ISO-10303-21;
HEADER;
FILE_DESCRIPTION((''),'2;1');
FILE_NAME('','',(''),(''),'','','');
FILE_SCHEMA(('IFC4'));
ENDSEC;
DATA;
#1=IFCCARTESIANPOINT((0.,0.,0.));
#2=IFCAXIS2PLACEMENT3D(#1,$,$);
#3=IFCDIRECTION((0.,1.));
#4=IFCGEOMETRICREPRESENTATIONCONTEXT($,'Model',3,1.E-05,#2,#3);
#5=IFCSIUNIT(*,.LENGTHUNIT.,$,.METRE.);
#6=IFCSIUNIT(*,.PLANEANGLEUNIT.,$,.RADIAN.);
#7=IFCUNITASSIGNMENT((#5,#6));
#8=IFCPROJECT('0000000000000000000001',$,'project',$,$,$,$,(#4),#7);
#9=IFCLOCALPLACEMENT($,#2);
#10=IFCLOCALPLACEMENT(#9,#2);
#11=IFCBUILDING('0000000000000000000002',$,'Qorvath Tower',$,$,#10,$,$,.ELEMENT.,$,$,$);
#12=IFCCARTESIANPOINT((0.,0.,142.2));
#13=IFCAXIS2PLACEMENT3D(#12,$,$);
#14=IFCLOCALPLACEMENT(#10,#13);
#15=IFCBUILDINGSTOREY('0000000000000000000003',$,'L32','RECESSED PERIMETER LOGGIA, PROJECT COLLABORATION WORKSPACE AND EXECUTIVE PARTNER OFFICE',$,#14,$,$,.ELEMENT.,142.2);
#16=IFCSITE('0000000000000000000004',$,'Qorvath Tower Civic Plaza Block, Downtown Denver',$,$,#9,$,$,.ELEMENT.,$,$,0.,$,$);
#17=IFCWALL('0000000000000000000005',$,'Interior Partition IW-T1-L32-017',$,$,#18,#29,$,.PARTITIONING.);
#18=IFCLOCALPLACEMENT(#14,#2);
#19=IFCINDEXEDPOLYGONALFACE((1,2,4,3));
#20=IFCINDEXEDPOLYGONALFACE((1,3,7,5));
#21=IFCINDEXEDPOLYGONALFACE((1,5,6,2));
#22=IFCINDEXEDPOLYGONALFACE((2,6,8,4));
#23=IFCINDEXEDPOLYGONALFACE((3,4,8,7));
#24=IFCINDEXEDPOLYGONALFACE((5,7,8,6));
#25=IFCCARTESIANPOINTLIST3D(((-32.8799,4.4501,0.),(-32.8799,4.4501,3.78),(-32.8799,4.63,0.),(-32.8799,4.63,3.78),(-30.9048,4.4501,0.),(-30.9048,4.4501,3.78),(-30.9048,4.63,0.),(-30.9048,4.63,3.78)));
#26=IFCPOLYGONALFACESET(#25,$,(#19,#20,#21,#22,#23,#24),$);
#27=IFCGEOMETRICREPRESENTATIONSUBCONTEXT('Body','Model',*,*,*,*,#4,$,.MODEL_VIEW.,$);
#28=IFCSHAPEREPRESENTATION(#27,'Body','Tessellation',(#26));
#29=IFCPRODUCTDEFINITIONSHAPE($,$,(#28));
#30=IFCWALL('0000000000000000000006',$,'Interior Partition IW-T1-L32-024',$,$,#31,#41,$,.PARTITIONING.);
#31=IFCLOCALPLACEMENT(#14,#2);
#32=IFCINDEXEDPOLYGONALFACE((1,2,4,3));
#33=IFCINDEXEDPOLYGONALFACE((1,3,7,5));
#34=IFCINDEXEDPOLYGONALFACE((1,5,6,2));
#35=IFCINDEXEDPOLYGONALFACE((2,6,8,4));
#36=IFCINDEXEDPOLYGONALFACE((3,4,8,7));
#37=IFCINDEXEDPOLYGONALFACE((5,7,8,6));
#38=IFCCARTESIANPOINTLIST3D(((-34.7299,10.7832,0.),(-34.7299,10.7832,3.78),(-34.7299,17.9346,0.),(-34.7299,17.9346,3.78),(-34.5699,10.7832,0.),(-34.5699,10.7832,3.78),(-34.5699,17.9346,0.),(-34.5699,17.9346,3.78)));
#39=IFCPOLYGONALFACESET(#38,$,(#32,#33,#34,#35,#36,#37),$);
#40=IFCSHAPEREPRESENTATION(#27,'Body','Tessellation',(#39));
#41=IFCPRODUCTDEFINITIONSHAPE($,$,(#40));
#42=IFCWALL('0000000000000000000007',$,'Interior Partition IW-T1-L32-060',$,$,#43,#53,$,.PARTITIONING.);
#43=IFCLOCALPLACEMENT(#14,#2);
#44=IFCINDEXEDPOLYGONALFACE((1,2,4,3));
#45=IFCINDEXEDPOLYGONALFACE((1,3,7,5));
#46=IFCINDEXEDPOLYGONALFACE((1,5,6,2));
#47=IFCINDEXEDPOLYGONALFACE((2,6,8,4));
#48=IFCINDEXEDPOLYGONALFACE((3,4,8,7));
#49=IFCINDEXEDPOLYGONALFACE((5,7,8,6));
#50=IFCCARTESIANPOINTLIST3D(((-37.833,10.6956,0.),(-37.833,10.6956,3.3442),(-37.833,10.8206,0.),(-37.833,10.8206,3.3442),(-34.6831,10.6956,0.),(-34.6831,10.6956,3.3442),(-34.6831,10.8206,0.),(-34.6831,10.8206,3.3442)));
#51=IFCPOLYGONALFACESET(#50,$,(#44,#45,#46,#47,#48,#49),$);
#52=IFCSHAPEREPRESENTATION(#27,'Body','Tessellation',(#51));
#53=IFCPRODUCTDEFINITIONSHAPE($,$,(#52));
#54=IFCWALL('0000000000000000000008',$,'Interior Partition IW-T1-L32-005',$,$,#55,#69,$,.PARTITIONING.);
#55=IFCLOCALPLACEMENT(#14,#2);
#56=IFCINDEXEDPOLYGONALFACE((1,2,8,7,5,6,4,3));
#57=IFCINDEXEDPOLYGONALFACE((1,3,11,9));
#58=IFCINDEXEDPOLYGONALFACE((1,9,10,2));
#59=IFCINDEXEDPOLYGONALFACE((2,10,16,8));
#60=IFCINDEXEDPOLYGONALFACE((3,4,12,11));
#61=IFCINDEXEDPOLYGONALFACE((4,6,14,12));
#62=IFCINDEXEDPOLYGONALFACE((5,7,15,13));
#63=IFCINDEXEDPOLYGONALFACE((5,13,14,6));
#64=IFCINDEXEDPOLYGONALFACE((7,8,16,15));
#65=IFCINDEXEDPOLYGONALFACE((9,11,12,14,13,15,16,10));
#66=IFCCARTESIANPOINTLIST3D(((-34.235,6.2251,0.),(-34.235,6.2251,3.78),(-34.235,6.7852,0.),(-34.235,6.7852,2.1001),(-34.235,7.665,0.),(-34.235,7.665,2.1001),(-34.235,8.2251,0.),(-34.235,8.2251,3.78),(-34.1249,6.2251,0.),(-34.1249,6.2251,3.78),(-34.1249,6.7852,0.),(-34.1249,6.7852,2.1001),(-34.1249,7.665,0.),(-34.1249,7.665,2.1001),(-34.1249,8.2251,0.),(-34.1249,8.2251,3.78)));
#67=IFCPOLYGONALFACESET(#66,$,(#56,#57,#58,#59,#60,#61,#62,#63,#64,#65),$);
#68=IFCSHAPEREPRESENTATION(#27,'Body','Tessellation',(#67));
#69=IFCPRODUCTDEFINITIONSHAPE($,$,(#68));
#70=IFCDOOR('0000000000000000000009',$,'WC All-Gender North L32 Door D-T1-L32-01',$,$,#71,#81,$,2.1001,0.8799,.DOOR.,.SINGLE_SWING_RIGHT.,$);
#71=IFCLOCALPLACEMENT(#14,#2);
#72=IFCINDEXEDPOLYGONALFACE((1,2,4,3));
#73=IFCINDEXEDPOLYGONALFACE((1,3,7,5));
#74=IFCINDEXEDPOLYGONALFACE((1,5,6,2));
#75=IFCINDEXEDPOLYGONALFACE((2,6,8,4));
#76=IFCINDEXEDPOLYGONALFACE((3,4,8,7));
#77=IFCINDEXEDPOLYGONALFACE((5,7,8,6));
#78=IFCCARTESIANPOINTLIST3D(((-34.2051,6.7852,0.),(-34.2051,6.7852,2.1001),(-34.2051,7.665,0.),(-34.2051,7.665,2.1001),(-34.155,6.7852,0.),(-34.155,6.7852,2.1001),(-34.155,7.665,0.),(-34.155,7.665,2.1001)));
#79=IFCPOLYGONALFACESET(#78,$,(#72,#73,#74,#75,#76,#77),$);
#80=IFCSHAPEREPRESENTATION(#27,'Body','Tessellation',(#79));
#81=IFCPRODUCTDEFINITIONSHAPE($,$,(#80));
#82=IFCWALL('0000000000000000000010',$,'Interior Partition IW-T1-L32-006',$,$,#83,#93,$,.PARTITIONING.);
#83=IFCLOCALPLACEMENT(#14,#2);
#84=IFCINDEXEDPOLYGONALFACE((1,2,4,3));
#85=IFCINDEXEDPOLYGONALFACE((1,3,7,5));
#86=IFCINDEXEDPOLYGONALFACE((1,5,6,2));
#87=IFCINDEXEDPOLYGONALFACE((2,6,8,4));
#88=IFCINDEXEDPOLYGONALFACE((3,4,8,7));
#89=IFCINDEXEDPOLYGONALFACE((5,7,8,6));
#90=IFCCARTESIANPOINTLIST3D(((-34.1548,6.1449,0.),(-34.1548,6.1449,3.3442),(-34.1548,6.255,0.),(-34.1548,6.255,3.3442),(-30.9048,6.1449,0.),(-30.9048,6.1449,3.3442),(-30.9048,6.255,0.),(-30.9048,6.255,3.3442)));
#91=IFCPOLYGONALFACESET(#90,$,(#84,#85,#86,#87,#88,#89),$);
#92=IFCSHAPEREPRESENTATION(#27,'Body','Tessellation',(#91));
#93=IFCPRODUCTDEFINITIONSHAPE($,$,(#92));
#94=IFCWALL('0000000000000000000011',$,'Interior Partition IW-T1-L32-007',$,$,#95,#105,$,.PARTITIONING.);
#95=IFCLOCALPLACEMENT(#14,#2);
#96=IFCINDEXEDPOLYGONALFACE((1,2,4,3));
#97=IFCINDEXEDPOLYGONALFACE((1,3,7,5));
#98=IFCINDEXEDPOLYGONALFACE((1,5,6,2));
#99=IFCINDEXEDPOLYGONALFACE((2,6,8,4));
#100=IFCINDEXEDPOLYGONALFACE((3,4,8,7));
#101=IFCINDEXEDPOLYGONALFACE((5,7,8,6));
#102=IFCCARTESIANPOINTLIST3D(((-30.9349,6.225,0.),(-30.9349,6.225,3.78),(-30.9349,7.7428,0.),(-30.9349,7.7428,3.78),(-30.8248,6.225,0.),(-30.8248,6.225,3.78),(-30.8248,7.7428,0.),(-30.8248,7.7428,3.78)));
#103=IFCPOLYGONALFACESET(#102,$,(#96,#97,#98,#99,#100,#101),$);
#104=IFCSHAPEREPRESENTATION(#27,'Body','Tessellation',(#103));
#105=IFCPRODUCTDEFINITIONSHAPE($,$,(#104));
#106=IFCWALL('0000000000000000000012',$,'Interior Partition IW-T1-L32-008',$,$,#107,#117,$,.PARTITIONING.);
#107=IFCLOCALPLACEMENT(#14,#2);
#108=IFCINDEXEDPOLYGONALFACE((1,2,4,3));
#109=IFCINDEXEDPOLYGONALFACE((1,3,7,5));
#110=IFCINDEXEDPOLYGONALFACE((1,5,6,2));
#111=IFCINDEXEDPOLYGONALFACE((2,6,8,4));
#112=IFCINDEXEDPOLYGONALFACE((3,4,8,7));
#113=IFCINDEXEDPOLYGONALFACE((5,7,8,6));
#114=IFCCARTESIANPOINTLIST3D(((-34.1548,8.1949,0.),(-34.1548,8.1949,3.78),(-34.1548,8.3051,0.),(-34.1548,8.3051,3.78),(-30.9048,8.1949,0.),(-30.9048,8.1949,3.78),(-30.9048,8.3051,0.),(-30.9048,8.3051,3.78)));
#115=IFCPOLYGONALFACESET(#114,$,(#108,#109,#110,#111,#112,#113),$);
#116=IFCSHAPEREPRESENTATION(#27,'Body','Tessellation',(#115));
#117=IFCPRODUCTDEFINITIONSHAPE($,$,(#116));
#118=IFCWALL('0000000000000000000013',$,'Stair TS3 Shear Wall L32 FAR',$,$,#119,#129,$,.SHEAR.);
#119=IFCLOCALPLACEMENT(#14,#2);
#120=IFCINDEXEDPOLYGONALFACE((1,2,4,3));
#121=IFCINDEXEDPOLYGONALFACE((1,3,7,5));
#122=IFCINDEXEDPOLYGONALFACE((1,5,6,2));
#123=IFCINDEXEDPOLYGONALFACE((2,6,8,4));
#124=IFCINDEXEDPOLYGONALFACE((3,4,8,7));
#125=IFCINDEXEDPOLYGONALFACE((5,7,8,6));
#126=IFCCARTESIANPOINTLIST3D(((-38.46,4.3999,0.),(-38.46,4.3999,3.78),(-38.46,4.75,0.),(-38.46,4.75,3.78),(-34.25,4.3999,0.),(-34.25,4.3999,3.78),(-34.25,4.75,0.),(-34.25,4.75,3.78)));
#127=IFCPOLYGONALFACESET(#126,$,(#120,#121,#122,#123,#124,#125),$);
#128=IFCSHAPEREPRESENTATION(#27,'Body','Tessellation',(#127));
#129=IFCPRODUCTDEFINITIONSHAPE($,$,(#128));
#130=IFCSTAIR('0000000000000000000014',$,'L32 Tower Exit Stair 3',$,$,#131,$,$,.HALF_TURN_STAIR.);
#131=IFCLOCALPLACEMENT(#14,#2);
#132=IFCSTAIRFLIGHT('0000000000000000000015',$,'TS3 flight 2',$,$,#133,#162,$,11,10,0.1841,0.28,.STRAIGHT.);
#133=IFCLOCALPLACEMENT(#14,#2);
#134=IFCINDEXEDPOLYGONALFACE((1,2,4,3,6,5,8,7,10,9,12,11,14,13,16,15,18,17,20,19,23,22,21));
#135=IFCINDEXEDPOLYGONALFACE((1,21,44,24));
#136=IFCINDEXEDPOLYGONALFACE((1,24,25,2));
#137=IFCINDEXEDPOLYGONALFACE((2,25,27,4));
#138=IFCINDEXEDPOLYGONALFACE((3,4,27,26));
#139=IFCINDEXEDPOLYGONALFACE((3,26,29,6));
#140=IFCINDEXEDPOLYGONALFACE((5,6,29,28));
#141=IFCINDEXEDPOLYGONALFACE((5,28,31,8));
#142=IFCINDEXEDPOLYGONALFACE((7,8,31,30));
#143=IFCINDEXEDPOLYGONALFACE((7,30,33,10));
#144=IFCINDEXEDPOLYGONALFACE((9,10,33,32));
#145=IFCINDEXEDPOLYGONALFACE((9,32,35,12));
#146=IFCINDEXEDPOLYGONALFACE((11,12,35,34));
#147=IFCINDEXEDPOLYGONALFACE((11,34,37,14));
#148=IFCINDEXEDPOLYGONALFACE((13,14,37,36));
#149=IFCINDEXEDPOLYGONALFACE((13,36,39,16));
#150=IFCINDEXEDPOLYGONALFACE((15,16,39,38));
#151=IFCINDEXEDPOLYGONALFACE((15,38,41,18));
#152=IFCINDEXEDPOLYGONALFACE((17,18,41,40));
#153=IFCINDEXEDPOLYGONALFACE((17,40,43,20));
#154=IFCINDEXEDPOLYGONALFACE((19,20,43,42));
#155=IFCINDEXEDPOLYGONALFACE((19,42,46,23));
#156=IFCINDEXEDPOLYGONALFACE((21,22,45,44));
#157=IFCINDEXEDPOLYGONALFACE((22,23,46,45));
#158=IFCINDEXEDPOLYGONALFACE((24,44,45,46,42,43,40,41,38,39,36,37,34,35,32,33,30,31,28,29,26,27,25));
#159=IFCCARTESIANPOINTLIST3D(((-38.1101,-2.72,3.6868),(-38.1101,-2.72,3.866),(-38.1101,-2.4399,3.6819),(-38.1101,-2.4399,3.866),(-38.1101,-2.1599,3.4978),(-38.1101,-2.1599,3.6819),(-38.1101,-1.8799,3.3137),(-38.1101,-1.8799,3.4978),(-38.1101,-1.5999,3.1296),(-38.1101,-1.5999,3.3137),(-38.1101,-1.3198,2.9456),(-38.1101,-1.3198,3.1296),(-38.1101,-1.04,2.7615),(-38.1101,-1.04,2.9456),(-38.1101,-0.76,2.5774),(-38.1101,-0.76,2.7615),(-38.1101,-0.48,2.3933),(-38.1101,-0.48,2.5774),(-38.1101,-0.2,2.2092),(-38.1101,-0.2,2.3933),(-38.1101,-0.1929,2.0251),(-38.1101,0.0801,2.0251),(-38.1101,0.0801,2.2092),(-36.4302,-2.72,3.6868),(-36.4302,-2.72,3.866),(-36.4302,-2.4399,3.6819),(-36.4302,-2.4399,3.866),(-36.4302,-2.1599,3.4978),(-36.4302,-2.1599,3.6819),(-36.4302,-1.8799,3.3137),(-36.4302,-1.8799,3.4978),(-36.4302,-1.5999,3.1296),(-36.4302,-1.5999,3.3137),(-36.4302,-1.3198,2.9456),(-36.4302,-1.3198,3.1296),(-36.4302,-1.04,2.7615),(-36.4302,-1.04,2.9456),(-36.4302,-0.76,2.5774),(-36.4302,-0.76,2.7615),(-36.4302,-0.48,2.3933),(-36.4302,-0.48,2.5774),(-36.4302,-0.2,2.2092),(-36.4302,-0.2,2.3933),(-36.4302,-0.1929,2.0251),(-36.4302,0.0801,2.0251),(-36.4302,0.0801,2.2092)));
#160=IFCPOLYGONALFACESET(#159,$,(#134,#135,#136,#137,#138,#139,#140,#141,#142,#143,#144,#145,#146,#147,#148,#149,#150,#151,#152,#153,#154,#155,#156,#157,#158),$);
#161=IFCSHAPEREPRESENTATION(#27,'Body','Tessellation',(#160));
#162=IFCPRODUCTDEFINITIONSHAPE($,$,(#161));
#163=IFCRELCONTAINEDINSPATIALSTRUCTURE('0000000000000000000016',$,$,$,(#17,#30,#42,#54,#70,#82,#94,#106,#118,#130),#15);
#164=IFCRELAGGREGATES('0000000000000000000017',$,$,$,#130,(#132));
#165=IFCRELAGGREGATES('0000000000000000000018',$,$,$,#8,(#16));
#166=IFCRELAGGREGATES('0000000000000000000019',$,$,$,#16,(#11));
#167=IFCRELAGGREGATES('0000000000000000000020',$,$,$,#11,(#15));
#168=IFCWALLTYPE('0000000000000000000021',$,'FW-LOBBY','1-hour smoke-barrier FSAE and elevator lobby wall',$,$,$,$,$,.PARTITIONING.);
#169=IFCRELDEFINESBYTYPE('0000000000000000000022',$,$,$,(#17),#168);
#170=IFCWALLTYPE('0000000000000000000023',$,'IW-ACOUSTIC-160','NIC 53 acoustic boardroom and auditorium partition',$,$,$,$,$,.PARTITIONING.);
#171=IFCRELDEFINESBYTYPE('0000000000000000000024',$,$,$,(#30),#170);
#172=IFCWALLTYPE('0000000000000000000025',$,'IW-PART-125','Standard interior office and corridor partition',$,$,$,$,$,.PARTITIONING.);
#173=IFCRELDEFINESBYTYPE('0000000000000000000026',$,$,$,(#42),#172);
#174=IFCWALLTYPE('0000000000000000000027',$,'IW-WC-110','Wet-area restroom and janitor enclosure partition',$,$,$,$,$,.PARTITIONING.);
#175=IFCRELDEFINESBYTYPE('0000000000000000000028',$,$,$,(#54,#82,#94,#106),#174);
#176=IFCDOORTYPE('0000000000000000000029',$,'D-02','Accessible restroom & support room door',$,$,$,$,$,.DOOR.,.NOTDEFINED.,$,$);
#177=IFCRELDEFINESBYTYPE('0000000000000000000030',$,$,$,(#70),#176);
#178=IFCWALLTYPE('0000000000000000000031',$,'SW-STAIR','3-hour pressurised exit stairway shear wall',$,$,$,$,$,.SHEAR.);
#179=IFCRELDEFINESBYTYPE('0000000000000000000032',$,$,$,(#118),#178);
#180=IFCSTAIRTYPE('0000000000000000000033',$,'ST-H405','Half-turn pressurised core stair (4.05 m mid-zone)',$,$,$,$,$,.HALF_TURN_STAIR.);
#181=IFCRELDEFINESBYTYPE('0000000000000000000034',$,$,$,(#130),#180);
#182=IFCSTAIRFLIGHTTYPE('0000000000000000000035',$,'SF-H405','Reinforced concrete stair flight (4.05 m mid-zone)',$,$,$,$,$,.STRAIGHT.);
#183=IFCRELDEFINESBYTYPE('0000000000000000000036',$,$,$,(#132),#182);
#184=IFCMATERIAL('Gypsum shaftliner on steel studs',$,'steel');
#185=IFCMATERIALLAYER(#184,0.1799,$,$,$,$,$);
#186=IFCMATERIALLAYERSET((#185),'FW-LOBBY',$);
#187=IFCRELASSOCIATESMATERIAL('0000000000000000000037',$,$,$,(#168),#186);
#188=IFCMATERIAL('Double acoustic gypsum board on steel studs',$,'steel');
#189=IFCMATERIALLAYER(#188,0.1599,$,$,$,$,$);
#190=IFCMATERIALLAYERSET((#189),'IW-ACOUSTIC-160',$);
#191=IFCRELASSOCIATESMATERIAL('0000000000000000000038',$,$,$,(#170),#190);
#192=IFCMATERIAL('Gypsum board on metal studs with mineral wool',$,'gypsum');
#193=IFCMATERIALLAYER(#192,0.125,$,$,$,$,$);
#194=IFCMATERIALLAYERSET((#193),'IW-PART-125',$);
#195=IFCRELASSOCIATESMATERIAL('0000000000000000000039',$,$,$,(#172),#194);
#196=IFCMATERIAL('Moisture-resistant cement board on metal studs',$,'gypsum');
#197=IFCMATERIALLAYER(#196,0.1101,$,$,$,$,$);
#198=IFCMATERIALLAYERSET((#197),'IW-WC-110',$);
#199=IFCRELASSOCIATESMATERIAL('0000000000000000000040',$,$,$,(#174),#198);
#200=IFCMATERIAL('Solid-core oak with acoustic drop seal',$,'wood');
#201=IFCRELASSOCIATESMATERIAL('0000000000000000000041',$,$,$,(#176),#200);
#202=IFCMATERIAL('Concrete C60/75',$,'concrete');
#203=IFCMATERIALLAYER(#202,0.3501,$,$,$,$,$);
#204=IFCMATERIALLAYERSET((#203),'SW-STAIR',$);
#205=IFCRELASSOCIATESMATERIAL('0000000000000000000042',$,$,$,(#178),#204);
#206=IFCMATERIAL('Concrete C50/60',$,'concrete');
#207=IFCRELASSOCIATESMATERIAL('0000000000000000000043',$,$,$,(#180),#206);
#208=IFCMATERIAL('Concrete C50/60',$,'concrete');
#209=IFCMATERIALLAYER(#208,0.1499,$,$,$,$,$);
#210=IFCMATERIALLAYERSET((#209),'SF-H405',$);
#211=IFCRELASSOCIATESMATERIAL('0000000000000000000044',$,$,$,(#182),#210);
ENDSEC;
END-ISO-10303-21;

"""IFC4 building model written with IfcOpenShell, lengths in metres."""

from ifc_helpers import new_model, si_unit, direction, frame, frame_2d, origin, place, context, subcontext, project, spatial, polyline, rectangle, outline, extrude, material, layer, layer_set, type_object, element, fill, aggregate, save


model = new_model("IFC4")

# Units and contexts
model_context = context("Model", 3, precision=1e-05, world=origin(), true_north=direction((0.0, 1.0)))
body_context = subcontext(model_context, "Body", "Model", "MODEL_VIEW")
ifc_project = project(units=[si_unit("LENGTHUNIT", "METRE"), si_unit("PLANEANGLEUNIT", "RADIAN")], contexts=[model_context])

# Site, building, storey
site_placement = place(None, origin())
site = spatial("IfcSite", under=ifc_project, at=site_placement, Name="Qorvath Tower Civic Plaza Block, Downtown Denver", CompositionType="ELEMENT", RefElevation=0.0)
building_placement = place(site_placement, origin())
building = spatial("IfcBuilding", under=site, at=building_placement, Name="Qorvath Tower", CompositionType="ELEMENT")
storey_placement = place(building_placement, frame((0.0, 0.0, 142.2)))
storey = spatial("IfcBuildingStorey", under=building, at=storey_placement, Name="L32", Description="RECESSED PERIMETER LOGGIA, PROJECT COLLABORATION WORKSPACE AND EXECUTIVE PARTNER OFFICE", CompositionType="ELEMENT", Elevation=142.2)

# Shared definitions
ifc_material_1 = material(Name="Gypsum shaftliner on steel studs", Category="steel")
ifc_layer_1 = layer(ifc_material_1, 0.1799)
ifc_layer_set_1 = layer_set([ifc_layer_1], Name="FW-LOBBY")
wall_type_1 = type_object("IfcWallType", Name="FW-LOBBY", Description="1-hour smoke-barrier FSAE and elevator lobby wall", PredefinedType="PARTITIONING", material=ifc_layer_set_1)

# Wall
wall_1_placement = place(storey_placement, frame((-30.9048, 4.54, 0.0), z_axis=(0.0, 0.0, 1.0), x_axis=(-1.0, 0.0, 0.0)))
element("IfcWall", 1, at=wall_1_placement, inside=storey, type_object=wall_type_1, Name="Interior Partition IW-T1-L32-017", PredefinedType="PARTITIONING", context=body_context, shape_type="SweptSolid", body=[
    extrude(rectangle(XDim=1.9751, YDim=0.1799, at=frame_2d((0.9875, 0.0))), origin(), (0.0, 0.0, 1.0), 3.78),
])

# Shared definitions
ifc_material_2 = material(Name="Double acoustic gypsum board on steel studs", Category="steel")
ifc_layer_2 = layer(ifc_material_2, 0.1599)
ifc_layer_set_2 = layer_set([ifc_layer_2], Name="IW-ACOUSTIC-160")
wall_type_2 = type_object("IfcWallType", Name="IW-ACOUSTIC-160", Description="NIC 53 acoustic boardroom and auditorium partition", PredefinedType="PARTITIONING", material=ifc_layer_set_2)

# Wall
wall_2_placement = place(storey_placement, frame((-34.6499, 17.9346, 0.0), z_axis=(0.0, 0.0, 1.0), x_axis=(0.0, -1.0, 0.0)))
element("IfcWall", 2, at=wall_2_placement, inside=storey, type_object=wall_type_2, Name="Interior Partition IW-T1-L32-024", PredefinedType="PARTITIONING", context=body_context, shape_type="SweptSolid", body=[
    extrude(rectangle(XDim=7.1514, YDim=0.1599, at=frame_2d((3.5757, 0.0))), origin(), (0.0, 0.0, 1.0), 3.78),
])

# Shared definitions
ifc_material_3 = material(Name="Gypsum board on metal studs with mineral wool", Category="gypsum")
ifc_layer_3 = layer(ifc_material_3, 0.125)
ifc_layer_set_3 = layer_set([ifc_layer_3], Name="IW-PART-125")
wall_type_3 = type_object("IfcWallType", Name="IW-PART-125", Description="Standard interior office and corridor partition", PredefinedType="PARTITIONING", material=ifc_layer_set_3)

# Wall
wall_3_placement = place(storey_placement, frame((-37.833, 10.7581, 0.0), z_axis=(0.0, 0.0, 1.0), x_axis=(1.0, 0.0, 0.0)))
element("IfcWall", 3, at=wall_3_placement, inside=storey, type_object=wall_type_3, Name="Interior Partition IW-T1-L32-060", PredefinedType="PARTITIONING", context=body_context, shape_type="SweptSolid", body=[
    extrude(rectangle(XDim=3.1499, YDim=0.125, at=frame_2d((1.575, 0.0))), origin(), (0.0, 0.0, 1.0), 3.3442),
])

# Wall, opening, door
ifc_material_4 = material(Name="Moisture-resistant cement board on metal studs", Category="gypsum")
ifc_layer_4 = layer(ifc_material_4, 0.1101)
ifc_layer_set_4 = layer_set([ifc_layer_4], Name="IW-WC-110")
wall_type_4 = type_object("IfcWallType", Name="IW-WC-110", Description="Wet-area restroom and janitor enclosure partition", PredefinedType="PARTITIONING", material=ifc_layer_set_4)
wall_4_placement = place(storey_placement, frame((-34.1799, 8.2251, 0.0), z_axis=(0.0, 0.0, 1.0), x_axis=(0.0, -1.0, 0.0)))
wall_4 = element("IfcWall", 4, at=wall_4_placement, inside=storey, type_object=wall_type_4, Name="Interior Partition IW-T1-L32-005", PredefinedType="PARTITIONING", context=body_context, shape_type="SweptSolid", body=[
    extrude(rectangle(XDim=2.0, YDim=0.1101, at=frame_2d((1.0, 0.0))), origin(), (0.0, 0.0, 1.0), 3.78),
])
opening_1_placement = place(wall_4_placement, frame((0.5601, 0.0, 0.0)))
opening_1 = element("IfcOpeningElement", 5, at=opening_1_placement, cuts=wall_4, PredefinedType="OPENING", context=body_context, shape_type="SweptSolid", body=[
    extrude(rectangle(XDim=0.8799, YDim=2.1001, at=frame_2d((0.4399, 1.05))), frame((0.0, 0.0649, 0.0), z_axis=(0.0, -1.0, 0.0), x_axis=(1.0, 0.0, 0.0)), (0.0, 0.0, 1.0), 0.1301),
])
ifc_material_5 = material(Name="Solid-core oak with acoustic drop seal", Category="wood")
door_type_1 = type_object("IfcDoorType", Name="D-02", Description="Accessible restroom & support room door", OperationType="NOTDEFINED", PredefinedType="DOOR", material=ifc_material_5)
door_1_placement = place(opening_1_placement, origin())
door_1 = element("IfcDoor", 6, at=door_1_placement, inside=storey, type_object=door_type_1, Name="WC All-Gender North L32 Door D-T1-L32-01", OperationType="SINGLE_SWING_RIGHT", OverallHeight=2.1001, OverallWidth=0.8799, PredefinedType="DOOR", context=body_context, shape_type="SweptSolid", body=[
    extrude(rectangle(XDim=0.8799, YDim=2.1001, at=frame_2d((0.4399, 1.05))), frame((0.0, 0.0249, 0.0), z_axis=(0.0, -1.0, 0.0), x_axis=(1.0, 0.0, 0.0)), (0.0, 0.0, 1.0), 0.05),
])
fill(opening_1, door_1)

# Walls
wall_5_placement = place(storey_placement, frame((-34.1548, 6.2, 0.0), z_axis=(0.0, 0.0, 1.0), x_axis=(1.0, 0.0, 0.0)))
element("IfcWall", 7, at=wall_5_placement, inside=storey, type_object=wall_type_4, Name="Interior Partition IW-T1-L32-006", PredefinedType="PARTITIONING", context=body_context, shape_type="SweptSolid", body=[
    extrude(rectangle(XDim=3.25, YDim=0.1101, at=frame_2d((1.625, 0.0))), origin(), (0.0, 0.0, 1.0), 3.3442),
])
wall_6_placement = place(storey_placement, frame((-30.8799, 6.2251, 0.0), z_axis=(0.0, 0.0, 1.0), x_axis=(0.0, 1.0, 0.0)))
element("IfcWall", 8, at=wall_6_placement, inside=storey, type_object=wall_type_4, Name="Interior Partition IW-T1-L32-007", PredefinedType="PARTITIONING", context=body_context, shape_type="SweptSolid", body=[
    extrude(rectangle(XDim=1.5178, YDim=0.1101, at=frame_2d((0.7588, 0.0))), origin(), (0.0, 0.0, 1.0), 3.78),
])
wall_7_placement = place(storey_placement, frame((-30.9048, 8.25, 0.0), z_axis=(0.0, 0.0, 1.0), x_axis=(-1.0, 0.0, 0.0)))
element("IfcWall", 9, at=wall_7_placement, inside=storey, type_object=wall_type_4, Name="Interior Partition IW-T1-L32-008", PredefinedType="PARTITIONING", context=body_context, shape_type="SweptSolid", body=[
    extrude(rectangle(XDim=3.25, YDim=0.1101, at=frame_2d((1.625, 0.0))), origin(), (0.0, 0.0, 1.0), 3.78),
])
ifc_material_6 = material(Name="Concrete C60/75", Category="concrete")
ifc_layer_5 = layer(ifc_material_6, 0.3501)
ifc_layer_set_5 = layer_set([ifc_layer_5], Name="SW-STAIR")
wall_type_5 = type_object("IfcWallType", Name="SW-STAIR", Description="3-hour pressurised exit stairway shear wall", PredefinedType="SHEAR", material=ifc_layer_set_5)
wall_8_placement = place(storey_placement, frame((-34.25, 4.575, 0.0), z_axis=(0.0, 0.0, 1.0), x_axis=(-1.0, 0.0, 0.0)))
element("IfcWall", 10, at=wall_8_placement, inside=storey, type_object=wall_type_5, Name="Stair TS3 Shear Wall L32 FAR", PredefinedType="SHEAR", context=body_context, shape_type="SweptSolid", body=[
    extrude(rectangle(XDim=4.21, YDim=0.3501, at=frame_2d((2.105, 0.0))), origin(), (0.0, 0.0, 1.0), 3.78),
])

# Stair, stair flight
ifc_material_7 = material(Name="Concrete C50/60", Category="concrete")
stair_type = type_object("IfcStairType", Name="ST-H405", Description="Half-turn pressurised core stair (4.05 m mid-zone)", PredefinedType="HALF_TURN_STAIR", material=ifc_material_7)
stair_placement = place(storey_placement, origin())
stair = element("IfcStair", 11, at=stair_placement, inside=storey, type_object=stair_type, Name="L32 Tower Exit Stair 3", PredefinedType="HALF_TURN_STAIR")
ifc_material_8 = material(Name="Concrete C50/60", Category="concrete")
ifc_layer_6 = layer(ifc_material_8, 0.1499)
ifc_layer_set_6 = layer_set([ifc_layer_6], Name="SF-H405")
stair_flight_type = type_object("IfcStairFlightType", Name="SF-H405", Description="Reinforced concrete stair flight (4.05 m mid-zone)", PredefinedType="STRAIGHT", material=ifc_layer_set_6)
stair_flight_placement = place(storey_placement, frame((-37.27, 0.0801, 2.0251), z_axis=(0.0, 0.0, 1.0), x_axis=(0.0, -1.0, 0.0)))
stair_flight = element("IfcStairFlight", 12, at=stair_flight_placement, type_object=stair_flight_type, Name="TS3 flight 2", NumberOfRisers=11, NumberOfTreads=10, PredefinedType="STRAIGHT", RiserHeight=0.1841, TreadLength=0.28, context=body_context, shape_type="SweptSolid", body=[
    extrude(outline(polyline([(0.0, 0.0), (0.0, 0.1841), (0.28, 0.1841), (0.28, 0.3682), (0.5601, 0.3682), (0.5601, 0.5522), (0.8401, 0.5522), (0.8401, 0.7363), (1.1201, 0.7363), (1.1201, 0.9204), (1.3999, 0.9204), (1.3999, 1.1045), (1.6799, 1.1045), (1.6799, 1.2886), (1.96, 1.2886), (1.96, 1.4727), (2.24, 1.4727), (2.24, 1.6567), (2.52, 1.6567), (2.52, 1.8408), (2.8, 1.8408), (2.8, 2.0249), (2.8, 1.6616), (0.2729, 0.0), (0.0, 0.0)])), frame((0.0, 0.8398, 0.0), z_axis=(0.0, -1.0, 0.0), x_axis=(1.0, 0.0, 0.0)), (0.0, 0.0, 1.0), 1.6799),
])
aggregate(stair, [stair_flight])

save(model, "model.ifc")
